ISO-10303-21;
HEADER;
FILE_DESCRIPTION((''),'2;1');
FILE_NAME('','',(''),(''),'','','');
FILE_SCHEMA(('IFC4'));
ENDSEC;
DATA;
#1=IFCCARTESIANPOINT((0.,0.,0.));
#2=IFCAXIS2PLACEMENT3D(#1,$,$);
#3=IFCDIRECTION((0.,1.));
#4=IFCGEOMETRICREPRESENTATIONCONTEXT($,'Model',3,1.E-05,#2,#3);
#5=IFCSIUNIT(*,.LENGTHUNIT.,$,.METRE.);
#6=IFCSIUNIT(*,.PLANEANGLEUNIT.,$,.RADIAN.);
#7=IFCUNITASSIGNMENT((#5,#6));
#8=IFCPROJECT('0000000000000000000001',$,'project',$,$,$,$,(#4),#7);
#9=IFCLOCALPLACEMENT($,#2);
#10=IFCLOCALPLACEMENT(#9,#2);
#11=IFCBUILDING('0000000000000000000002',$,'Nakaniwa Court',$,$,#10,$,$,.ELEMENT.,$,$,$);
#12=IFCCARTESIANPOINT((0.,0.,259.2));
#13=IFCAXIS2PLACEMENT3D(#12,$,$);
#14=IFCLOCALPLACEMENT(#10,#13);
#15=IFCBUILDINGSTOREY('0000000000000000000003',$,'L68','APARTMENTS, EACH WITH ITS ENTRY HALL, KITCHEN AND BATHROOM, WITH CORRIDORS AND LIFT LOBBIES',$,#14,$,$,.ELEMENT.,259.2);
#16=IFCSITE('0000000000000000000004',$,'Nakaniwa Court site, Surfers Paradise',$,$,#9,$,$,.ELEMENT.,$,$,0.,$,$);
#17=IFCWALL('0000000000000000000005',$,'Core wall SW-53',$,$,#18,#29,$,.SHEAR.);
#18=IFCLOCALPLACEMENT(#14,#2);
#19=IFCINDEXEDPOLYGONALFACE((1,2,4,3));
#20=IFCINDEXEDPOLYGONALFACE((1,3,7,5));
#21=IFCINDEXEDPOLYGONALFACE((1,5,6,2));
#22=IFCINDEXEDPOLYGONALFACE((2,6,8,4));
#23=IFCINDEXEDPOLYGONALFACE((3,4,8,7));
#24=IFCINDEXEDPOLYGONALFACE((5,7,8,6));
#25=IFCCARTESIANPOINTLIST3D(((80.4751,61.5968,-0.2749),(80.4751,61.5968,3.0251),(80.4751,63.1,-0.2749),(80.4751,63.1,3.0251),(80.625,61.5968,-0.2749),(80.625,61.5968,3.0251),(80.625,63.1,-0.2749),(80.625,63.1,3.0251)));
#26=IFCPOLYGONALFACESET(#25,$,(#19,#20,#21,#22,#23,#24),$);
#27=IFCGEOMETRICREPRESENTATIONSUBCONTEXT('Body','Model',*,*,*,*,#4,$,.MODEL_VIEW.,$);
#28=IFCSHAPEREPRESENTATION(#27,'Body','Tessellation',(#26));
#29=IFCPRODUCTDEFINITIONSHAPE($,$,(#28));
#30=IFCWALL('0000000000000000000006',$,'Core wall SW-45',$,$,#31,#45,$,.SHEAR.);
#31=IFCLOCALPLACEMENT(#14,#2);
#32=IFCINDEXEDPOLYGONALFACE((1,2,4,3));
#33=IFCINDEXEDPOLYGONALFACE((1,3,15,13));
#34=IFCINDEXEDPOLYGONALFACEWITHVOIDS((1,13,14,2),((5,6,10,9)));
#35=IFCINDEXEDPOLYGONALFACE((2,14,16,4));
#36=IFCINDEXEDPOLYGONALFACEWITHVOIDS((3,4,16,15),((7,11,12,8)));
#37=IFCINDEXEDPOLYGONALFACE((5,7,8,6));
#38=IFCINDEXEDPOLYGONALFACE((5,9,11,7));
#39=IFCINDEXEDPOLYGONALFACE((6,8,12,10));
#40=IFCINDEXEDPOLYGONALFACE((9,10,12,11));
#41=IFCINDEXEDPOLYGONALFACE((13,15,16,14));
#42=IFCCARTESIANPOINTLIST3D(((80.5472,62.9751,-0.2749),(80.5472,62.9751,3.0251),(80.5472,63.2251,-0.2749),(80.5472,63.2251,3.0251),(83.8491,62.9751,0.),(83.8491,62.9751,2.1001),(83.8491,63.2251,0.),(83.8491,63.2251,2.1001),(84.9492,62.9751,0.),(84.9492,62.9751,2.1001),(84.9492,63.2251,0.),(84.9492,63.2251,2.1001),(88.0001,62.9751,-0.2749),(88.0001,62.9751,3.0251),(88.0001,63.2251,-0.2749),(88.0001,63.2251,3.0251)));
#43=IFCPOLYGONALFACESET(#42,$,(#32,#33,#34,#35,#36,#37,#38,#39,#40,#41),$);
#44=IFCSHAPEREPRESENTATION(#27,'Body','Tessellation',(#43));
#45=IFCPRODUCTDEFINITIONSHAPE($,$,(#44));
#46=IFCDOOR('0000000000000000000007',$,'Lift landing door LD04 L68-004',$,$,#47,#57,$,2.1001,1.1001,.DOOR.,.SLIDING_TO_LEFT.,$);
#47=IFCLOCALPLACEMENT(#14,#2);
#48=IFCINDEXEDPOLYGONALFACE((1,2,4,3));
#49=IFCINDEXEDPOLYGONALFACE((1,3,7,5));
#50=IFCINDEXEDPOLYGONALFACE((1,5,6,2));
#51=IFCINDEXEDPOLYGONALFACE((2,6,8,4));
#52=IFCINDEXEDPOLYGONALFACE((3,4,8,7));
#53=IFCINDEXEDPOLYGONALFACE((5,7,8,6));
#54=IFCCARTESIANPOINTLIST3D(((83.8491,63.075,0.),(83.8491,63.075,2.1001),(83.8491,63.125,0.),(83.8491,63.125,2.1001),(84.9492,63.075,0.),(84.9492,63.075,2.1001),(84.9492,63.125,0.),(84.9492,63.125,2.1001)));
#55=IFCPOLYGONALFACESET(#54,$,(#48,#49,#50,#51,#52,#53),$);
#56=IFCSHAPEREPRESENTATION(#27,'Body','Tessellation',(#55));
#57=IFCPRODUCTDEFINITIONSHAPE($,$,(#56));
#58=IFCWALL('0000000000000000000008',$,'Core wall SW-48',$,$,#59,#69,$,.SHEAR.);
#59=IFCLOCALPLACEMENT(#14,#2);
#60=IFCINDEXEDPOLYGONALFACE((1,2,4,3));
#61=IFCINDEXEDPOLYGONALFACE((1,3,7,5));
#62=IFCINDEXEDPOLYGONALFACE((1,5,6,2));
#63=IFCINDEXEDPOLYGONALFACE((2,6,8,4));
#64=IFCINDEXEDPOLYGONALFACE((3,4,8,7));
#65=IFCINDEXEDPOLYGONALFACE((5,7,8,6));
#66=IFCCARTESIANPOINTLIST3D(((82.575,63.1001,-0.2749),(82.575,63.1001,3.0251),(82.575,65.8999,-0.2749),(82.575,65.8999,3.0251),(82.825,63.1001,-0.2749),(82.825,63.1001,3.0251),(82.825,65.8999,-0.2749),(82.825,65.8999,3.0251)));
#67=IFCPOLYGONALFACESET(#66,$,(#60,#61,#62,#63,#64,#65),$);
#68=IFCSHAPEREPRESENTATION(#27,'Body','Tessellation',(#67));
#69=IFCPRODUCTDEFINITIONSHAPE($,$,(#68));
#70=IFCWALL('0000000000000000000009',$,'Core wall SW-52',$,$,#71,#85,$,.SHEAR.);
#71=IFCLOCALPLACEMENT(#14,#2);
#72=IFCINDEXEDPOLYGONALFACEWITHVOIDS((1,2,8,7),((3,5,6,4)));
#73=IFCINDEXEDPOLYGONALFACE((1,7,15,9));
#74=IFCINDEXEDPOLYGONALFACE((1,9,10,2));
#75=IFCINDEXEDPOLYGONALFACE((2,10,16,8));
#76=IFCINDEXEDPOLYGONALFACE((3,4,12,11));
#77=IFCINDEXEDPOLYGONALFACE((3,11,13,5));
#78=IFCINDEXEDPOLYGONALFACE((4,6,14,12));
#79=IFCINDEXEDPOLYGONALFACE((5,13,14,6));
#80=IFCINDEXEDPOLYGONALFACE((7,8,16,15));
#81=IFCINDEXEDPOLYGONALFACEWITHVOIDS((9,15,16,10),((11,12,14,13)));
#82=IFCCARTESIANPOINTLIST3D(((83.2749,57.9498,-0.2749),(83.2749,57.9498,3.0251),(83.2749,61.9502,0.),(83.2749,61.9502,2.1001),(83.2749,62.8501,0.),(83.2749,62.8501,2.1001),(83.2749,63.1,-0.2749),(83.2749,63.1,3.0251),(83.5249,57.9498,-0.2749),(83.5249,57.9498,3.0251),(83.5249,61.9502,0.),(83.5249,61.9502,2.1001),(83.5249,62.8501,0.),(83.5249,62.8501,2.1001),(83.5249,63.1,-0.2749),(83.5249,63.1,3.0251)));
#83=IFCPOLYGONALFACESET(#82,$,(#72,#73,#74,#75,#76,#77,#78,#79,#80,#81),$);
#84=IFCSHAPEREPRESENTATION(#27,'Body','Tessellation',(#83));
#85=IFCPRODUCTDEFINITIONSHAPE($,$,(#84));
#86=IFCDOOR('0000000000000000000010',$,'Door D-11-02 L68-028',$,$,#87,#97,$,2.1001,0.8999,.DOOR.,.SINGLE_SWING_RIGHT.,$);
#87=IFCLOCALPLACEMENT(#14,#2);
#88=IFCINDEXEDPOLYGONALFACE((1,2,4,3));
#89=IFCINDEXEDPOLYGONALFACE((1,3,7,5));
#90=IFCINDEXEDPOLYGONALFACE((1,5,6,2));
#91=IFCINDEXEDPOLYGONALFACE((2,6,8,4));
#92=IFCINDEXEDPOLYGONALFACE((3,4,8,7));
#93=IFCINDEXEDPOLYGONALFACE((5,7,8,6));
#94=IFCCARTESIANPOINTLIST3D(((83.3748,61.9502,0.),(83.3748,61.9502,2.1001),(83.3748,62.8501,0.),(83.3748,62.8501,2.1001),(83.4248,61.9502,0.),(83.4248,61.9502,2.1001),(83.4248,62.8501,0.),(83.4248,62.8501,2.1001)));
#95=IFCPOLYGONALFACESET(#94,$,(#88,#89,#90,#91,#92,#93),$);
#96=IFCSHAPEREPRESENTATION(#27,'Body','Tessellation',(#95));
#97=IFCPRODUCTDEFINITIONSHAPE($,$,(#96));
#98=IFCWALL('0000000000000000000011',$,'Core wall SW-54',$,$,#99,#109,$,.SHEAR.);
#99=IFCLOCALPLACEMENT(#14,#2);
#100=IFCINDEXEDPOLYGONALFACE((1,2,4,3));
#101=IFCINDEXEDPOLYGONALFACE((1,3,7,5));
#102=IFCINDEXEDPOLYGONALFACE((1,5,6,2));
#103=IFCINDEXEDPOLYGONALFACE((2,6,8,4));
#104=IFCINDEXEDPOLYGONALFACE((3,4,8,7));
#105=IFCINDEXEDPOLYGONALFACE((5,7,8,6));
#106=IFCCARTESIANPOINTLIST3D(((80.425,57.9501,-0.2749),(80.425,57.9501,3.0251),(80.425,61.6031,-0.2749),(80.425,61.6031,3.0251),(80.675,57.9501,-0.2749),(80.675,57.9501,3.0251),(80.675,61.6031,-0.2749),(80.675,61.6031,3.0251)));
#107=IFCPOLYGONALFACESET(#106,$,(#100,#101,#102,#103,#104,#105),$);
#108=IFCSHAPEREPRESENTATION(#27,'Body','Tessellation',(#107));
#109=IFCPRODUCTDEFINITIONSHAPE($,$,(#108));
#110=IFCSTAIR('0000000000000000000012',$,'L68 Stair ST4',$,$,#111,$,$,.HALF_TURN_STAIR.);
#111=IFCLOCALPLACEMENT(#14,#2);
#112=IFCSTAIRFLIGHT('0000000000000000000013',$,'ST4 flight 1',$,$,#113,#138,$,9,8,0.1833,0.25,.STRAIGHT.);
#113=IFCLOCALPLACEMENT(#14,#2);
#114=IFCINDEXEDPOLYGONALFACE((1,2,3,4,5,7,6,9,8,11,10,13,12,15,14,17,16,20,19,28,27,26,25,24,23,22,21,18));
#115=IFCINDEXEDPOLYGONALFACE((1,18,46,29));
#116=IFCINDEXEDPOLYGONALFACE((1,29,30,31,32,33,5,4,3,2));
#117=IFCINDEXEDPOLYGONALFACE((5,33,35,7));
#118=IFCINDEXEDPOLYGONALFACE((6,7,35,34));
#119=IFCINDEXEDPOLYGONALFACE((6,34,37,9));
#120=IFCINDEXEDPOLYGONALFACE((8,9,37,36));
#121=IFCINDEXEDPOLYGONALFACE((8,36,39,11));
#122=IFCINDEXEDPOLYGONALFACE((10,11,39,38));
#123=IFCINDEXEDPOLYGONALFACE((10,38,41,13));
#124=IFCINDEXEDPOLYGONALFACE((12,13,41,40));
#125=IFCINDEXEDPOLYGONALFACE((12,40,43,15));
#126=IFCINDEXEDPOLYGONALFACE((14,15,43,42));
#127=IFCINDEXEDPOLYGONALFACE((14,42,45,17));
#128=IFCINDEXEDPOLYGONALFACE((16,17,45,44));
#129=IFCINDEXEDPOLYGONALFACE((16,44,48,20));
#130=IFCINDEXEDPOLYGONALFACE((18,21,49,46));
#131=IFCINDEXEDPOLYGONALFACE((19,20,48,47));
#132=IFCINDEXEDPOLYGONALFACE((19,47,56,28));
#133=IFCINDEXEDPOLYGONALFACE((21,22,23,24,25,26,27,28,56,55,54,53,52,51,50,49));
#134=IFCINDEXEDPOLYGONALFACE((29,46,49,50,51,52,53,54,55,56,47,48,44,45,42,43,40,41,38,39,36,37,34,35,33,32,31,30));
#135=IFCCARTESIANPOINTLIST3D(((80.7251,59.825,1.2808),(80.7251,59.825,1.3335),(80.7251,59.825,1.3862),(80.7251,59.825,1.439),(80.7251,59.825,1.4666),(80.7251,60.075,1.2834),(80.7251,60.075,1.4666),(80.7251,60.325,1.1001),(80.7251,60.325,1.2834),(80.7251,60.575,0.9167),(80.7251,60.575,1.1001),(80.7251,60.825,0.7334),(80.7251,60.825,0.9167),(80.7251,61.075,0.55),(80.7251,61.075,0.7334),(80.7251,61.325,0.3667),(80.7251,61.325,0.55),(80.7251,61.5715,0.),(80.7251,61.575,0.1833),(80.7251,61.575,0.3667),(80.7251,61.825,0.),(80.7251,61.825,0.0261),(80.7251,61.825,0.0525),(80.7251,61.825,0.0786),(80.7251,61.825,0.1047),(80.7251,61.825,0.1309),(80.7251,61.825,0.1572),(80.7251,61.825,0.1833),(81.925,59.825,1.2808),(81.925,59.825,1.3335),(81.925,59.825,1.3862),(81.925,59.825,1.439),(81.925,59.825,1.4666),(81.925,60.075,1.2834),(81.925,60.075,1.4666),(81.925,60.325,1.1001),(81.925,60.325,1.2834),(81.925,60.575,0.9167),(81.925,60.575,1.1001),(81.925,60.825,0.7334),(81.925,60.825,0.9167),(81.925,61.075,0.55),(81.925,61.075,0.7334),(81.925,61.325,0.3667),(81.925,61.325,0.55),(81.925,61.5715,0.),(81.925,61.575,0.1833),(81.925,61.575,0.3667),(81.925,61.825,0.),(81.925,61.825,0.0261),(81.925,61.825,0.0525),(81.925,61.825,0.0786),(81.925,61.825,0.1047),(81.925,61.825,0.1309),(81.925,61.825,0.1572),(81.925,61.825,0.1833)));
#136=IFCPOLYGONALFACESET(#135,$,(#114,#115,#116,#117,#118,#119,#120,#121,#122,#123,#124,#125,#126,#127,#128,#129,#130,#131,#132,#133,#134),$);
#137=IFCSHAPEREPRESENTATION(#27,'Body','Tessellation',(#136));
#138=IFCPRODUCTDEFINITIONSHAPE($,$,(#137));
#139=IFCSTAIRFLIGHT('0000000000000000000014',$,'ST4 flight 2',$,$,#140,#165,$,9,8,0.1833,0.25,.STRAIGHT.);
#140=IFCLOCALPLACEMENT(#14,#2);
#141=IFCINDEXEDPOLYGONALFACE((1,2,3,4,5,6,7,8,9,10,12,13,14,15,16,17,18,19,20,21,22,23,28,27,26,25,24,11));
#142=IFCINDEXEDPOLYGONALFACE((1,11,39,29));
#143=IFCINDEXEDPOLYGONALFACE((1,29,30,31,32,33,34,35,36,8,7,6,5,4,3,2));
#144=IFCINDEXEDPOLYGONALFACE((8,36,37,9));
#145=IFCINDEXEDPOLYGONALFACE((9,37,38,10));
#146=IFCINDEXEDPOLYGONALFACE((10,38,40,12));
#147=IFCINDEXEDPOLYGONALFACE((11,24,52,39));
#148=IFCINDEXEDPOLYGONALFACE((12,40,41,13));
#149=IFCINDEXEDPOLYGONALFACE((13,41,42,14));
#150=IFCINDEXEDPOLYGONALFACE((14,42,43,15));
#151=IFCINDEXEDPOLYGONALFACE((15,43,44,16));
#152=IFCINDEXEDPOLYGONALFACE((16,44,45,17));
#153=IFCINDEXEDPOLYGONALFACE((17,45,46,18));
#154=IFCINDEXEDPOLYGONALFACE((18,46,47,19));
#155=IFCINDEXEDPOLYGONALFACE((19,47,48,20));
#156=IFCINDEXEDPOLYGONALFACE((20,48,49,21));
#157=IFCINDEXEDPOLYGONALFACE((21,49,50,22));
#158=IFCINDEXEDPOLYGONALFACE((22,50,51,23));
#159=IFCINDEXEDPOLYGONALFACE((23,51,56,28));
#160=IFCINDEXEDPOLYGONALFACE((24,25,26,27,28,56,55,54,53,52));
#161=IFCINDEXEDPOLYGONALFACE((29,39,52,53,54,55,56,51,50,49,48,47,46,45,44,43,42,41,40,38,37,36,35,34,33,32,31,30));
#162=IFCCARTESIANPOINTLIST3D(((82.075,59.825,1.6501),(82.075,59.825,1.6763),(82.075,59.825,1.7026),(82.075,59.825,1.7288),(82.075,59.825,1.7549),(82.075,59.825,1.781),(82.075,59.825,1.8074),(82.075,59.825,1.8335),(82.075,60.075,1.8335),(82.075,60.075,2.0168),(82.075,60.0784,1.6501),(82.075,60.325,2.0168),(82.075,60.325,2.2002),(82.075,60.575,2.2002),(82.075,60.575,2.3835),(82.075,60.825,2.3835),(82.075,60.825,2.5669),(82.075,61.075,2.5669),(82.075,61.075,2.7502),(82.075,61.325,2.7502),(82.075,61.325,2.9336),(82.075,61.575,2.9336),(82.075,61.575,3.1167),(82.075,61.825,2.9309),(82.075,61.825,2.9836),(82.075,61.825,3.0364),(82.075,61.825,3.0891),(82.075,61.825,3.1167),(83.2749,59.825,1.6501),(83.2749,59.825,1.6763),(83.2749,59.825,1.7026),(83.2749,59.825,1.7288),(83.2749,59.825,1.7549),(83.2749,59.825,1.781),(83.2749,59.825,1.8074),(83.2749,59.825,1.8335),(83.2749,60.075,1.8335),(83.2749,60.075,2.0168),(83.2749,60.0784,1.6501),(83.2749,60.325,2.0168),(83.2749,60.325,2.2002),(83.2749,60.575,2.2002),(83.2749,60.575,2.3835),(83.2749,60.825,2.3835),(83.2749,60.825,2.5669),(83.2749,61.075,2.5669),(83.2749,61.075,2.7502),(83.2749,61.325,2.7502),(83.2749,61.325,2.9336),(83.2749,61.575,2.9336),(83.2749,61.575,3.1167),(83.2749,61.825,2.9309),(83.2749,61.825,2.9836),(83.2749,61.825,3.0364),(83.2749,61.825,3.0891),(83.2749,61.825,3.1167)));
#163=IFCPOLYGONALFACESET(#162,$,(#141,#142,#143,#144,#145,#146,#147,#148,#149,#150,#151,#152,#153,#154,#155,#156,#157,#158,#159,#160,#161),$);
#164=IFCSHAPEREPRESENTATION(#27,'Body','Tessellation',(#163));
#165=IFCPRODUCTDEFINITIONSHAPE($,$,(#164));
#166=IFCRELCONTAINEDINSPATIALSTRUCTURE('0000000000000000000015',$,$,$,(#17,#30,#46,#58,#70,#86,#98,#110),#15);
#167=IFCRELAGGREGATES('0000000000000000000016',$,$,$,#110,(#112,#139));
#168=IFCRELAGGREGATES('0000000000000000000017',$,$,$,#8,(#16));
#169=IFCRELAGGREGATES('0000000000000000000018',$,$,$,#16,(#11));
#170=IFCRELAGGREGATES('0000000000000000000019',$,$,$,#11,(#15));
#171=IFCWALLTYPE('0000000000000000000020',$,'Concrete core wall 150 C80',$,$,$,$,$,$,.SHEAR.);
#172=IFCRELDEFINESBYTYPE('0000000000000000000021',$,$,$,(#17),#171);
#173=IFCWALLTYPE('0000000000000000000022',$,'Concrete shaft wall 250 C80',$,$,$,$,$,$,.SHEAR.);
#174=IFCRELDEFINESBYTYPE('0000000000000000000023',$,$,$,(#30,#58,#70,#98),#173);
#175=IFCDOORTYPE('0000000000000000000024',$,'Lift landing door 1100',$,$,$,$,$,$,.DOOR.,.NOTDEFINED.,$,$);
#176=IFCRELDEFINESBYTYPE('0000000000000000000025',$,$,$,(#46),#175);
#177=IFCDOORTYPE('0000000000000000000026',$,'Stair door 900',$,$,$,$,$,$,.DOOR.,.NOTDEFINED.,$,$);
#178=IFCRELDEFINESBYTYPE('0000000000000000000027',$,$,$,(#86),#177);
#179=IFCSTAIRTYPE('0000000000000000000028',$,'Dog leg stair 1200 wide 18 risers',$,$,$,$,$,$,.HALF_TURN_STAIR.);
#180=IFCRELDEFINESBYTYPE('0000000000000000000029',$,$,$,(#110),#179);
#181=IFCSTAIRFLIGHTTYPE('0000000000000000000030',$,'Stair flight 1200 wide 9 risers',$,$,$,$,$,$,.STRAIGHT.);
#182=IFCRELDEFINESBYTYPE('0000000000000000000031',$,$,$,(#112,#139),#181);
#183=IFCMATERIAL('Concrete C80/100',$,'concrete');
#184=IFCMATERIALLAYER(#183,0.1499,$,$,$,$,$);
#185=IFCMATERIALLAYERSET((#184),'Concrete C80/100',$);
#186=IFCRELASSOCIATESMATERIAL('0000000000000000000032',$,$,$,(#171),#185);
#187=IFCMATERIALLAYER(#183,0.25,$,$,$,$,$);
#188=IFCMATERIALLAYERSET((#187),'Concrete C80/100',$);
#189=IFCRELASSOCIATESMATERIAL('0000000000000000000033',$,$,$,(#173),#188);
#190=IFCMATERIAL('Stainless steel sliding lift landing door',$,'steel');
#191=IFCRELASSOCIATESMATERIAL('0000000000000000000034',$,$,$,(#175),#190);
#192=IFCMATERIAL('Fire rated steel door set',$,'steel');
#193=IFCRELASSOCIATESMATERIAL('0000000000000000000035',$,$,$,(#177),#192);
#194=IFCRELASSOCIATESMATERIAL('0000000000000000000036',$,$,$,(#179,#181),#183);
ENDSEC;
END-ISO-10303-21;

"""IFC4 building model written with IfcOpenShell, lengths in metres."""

from ifc_helpers import new_model, si_unit, direction, frame, frame_2d, origin, place, context, subcontext, project, spatial, polyline, rectangle, outline, extrude, material, layer, layer_set, type_object, element, fill, aggregate, save


model = new_model("IFC4")

# Units and contexts
model_context = context("Model", 3, precision=1e-05, world=origin(), true_north=direction((0.0, 1.0)))
body_context = subcontext(model_context, "Body", "Model", "MODEL_VIEW")
ifc_project = project(units=[si_unit("LENGTHUNIT", "METRE"), si_unit("PLANEANGLEUNIT", "RADIAN")], contexts=[model_context])

# Site, building, storey
site_placement = place(None, origin())
site = spatial("IfcSite", under=ifc_project, at=site_placement, Name="Nakaniwa Court site, Surfers Paradise", CompositionType="ELEMENT", RefElevation=0.0)
building_placement = place(site_placement, origin())
building = spatial("IfcBuilding", under=site, at=building_placement, Name="Nakaniwa Court", CompositionType="ELEMENT")
storey_placement = place(building_placement, frame((0.0, 0.0, 259.2)))
storey = spatial("IfcBuildingStorey", under=building, at=storey_placement, Name="L68", Description="APARTMENTS, EACH WITH ITS ENTRY HALL, KITCHEN AND BATHROOM, WITH CORRIDORS AND LIFT LOBBIES", CompositionType="ELEMENT", Elevation=259.2)

# Shared definitions
ifc_material_1 = material(Name="Concrete C80/100", Category="concrete")

# Shared definitions
ifc_material_2 = material(Name="Fire rated steel door set", Category="steel")

# Wall
ifc_layer_1 = layer(ifc_material_1, 0.1499)
ifc_layer_set_1 = layer_set([ifc_layer_1], Name="Concrete C80/100")
wall_type_1 = type_object("IfcWallType", Name="Concrete core wall 150 C80", PredefinedType="SHEAR", material=ifc_layer_set_1)
wall_1_placement = place(storey_placement, frame((80.55, 61.5969, -0.2749), z_axis=(0.0, 0.0, 1.0), x_axis=(0.0, 1.0, 0.0)))
element("IfcWall", 1, at=wall_1_placement, inside=storey, type_object=wall_type_1, Name="Core wall SW-53", PredefinedType="SHEAR", context=body_context, shape_type="SweptSolid", body=[
    extrude(rectangle(XDim=1.5032, YDim=0.1499, at=frame_2d((0.7515, 0.0))), origin(), (0.0, 0.0, 1.0), 3.3),
])

# Wall, opening, door
ifc_layer_2 = layer(ifc_material_1, 0.25)
ifc_layer_set_2 = layer_set([ifc_layer_2], Name="Concrete C80/100")
wall_type_2 = type_object("IfcWallType", Name="Concrete shaft wall 250 C80", PredefinedType="SHEAR", material=ifc_layer_set_2)
wall_2_placement = place(storey_placement, frame((80.5471, 63.1001, -0.2749), z_axis=(0.0, 0.0, 1.0), x_axis=(1.0, 0.0, 0.0)))
wall_2 = element("IfcWall", 2, at=wall_2_placement, inside=storey, type_object=wall_type_2, Name="Core wall SW-45", PredefinedType="SHEAR", context=body_context, shape_type="SweptSolid", body=[
    extrude(rectangle(XDim=7.4529, YDim=0.25, at=frame_2d((3.7266, 0.0))), origin(), (0.0, 0.0, 1.0), 3.3),
])
opening_1_placement = place(wall_2_placement, frame((3.302, 0.0, 0.2749)))
opening_1 = element("IfcOpeningElement", 3, at=opening_1_placement, cuts=wall_2, PredefinedType="OPENING", context=body_context, shape_type="SweptSolid", body=[
    extrude(rectangle(XDim=1.1001, YDim=2.1001, at=frame_2d((0.55, 1.05))), frame((0.0, 0.135, 0.0), z_axis=(0.0, -1.0, 0.0), x_axis=(1.0, 0.0, 0.0)), (0.0, 0.0, 1.0), 0.27),
])
ifc_material_3 = material(Name="Stainless steel sliding lift landing door", Category="steel")
door_type_1 = type_object("IfcDoorType", Name="Lift landing door 1100", OperationType="NOTDEFINED", PredefinedType="DOOR", material=ifc_material_3)
door_1_placement = place(opening_1_placement, origin())
door_1 = element("IfcDoor", 4, at=door_1_placement, inside=storey, type_object=door_type_1, Name="Lift landing door LD04 L68-004", OperationType="SLIDING_TO_LEFT", OverallHeight=2.1001, OverallWidth=1.1001, PredefinedType="DOOR", context=body_context, shape_type="SweptSolid", body=[
    extrude(rectangle(XDim=1.1001, YDim=2.1001, at=frame_2d((0.55, 1.05))), frame((0.0, 0.0249, 0.0), z_axis=(0.0, -1.0, 0.0), x_axis=(1.0, 0.0, 0.0)), (0.0, 0.0, 1.0), 0.05),
])
fill(opening_1, door_1)

# Wall
wall_3_placement = place(storey_placement, frame((82.7, 63.1001, -0.2749), z_axis=(0.0, 0.0, 1.0), x_axis=(0.0, 1.0, 0.0)))
element("IfcWall", 5, at=wall_3_placement, inside=storey, type_object=wall_type_2, Name="Core wall SW-48", PredefinedType="SHEAR", context=body_context, shape_type="SweptSolid", body=[
    extrude(rectangle(XDim=2.7998, YDim=0.25, at=frame_2d((1.3999, 0.0))), origin(), (0.0, 0.0, 1.0), 3.3),
])

# Wall, opening, door
wall_4_placement = place(storey_placement, frame((83.3999, 63.1001, -0.2749), z_axis=(0.0, 0.0, 1.0), x_axis=(0.0, -1.0, 0.0)))
wall_4 = element("IfcWall", 6, at=wall_4_placement, inside=storey, type_object=wall_type_2, Name="Core wall SW-52", PredefinedType="SHEAR", context=body_context, shape_type="SweptSolid", body=[
    extrude(rectangle(XDim=5.1501, YDim=0.25, at=frame_2d((2.5752, 0.0))), origin(), (0.0, 0.0, 1.0), 3.3),
])
opening_2_placement = place(wall_4_placement, frame((0.25, 0.0, 0.2749)))
opening_2 = element("IfcOpeningElement", 7, at=opening_2_placement, cuts=wall_4, PredefinedType="OPENING", context=body_context, shape_type="SweptSolid", body=[
    extrude(rectangle(XDim=0.8999, YDim=2.1001, at=frame_2d((0.45, 1.05))), frame((0.0, 0.135, 0.0), z_axis=(0.0, -1.0, 0.0), x_axis=(1.0, 0.0, 0.0)), (0.0, 0.0, 1.0), 0.27),
])
door_type_2 = type_object("IfcDoorType", Name="Stair door 900", OperationType="NOTDEFINED", PredefinedType="DOOR", material=ifc_material_2)
door_2_placement = place(opening_2_placement, origin())
door_2 = element("IfcDoor", 8, at=door_2_placement, inside=storey, type_object=door_type_2, Name="Door D-11-02 L68-028", OperationType="SINGLE_SWING_RIGHT", OverallHeight=2.1001, OverallWidth=0.8999, PredefinedType="DOOR", context=body_context, shape_type="SweptSolid", body=[
    extrude(rectangle(XDim=0.8999, YDim=2.1001, at=frame_2d((0.45, 1.05))), frame((0.0, 0.0249, 0.0), z_axis=(0.0, -1.0, 0.0), x_axis=(1.0, 0.0, 0.0)), (0.0, 0.0, 1.0), 0.05),
])
fill(opening_2, door_2)

# Wall
wall_5_placement = place(storey_placement, frame((80.55, 57.95, -0.2749), z_axis=(0.0, 0.0, 1.0), x_axis=(0.0, 1.0, 0.0)))
element("IfcWall", 9, at=wall_5_placement, inside=storey, type_object=wall_type_2, Name="Core wall SW-54", PredefinedType="SHEAR", context=body_context, shape_type="SweptSolid", body=[
    extrude(rectangle(XDim=3.6531, YDim=0.25, at=frame_2d((1.8267, 0.0))), origin(), (0.0, 0.0, 1.0), 3.3),
])

# Stair, stair flights
stair_type = type_object("IfcStairType", Name="Dog leg stair 1200 wide 18 risers", PredefinedType="HALF_TURN_STAIR", material=ifc_material_1)
stair_placement = place(storey_placement, origin())
stair = element("IfcStair", 10, at=stair_placement, inside=storey, type_object=stair_type, Name="L68 Stair ST4", PredefinedType="HALF_TURN_STAIR")
stair_flight_type = type_object("IfcStairFlightType", Name="Stair flight 1200 wide 9 risers", PredefinedType="STRAIGHT", material=ifc_material_1)
stair_flight_1_placement = place(storey_placement, frame((81.325, 61.825, 0.0), z_axis=(0.0, 0.0, 1.0), x_axis=(0.0, -1.0, 0.0)))
stair_flight_1 = element("IfcStairFlight", 11, at=stair_flight_1_placement, type_object=stair_flight_type, Name="ST4 flight 1", NumberOfRisers=9, NumberOfTreads=8, PredefinedType="STRAIGHT", RiserHeight=0.1833, TreadLength=0.25, context=body_context, shape_type="SweptSolid", body=[
    extrude(outline(polyline([(0.0, 0.0), (0.0, 0.0261), (0.0, 0.0525), (0.0, 0.0786), (0.0, 0.1047), (0.0, 0.1309), (0.0, 0.1572), (0.0, 0.1833), (0.25, 0.1833), (0.25, 0.3667), (0.5, 0.3667), (0.5, 0.55), (0.75, 0.55), (0.75, 0.7334), (1.0, 0.7334), (1.0, 0.9167), (1.25, 0.9167), (1.25, 1.1001), (1.5, 1.1001), (1.5, 1.2834), (1.75, 1.2834), (1.75, 1.4666), (2.0, 1.4666), (2.0, 1.6499), (2.0, 1.5972), (2.0, 1.5444), (2.0, 1.4917), (2.0, 1.439), (2.0, 1.3862), (2.0, 1.3335), (2.0, 1.2808), (0.2534, 0.0), (0.0, 0.0)])), frame((0.0, 0.6001, 0.0), z_axis=(0.0, -1.0, 0.0), x_axis=(1.0, 0.0, 0.0)), (0.0, 0.0, 1.0), 1.2),
])
stair_flight_2_placement = place(storey_placement, frame((82.675, 59.825, 1.6501), z_axis=(0.0, 0.0, 1.0), x_axis=(0.0, 1.0, 0.0)))
stair_flight_2 = element("IfcStairFlight", 12, at=stair_flight_2_placement, type_object=stair_flight_type, Name="ST4 flight 2", NumberOfRisers=9, NumberOfTreads=8, PredefinedType="STRAIGHT", RiserHeight=0.1833, TreadLength=0.25, context=body_context, shape_type="SweptSolid", body=[
    extrude(outline(polyline([(0.0, 0.0), (0.0, 0.0261), (0.0, 0.0525), (0.0, 0.0786), (0.0, 0.1047), (0.0, 0.1309), (0.0, 0.1572), (0.0, 0.1833), (0.25, 0.1833), (0.25, 0.3667), (0.5, 0.3667), (0.5, 0.55), (0.75, 0.55), (0.75, 0.7334), (1.0, 0.7334), (1.0, 0.9167), (1.25, 0.9167), (1.25, 1.1001), (1.5, 1.1001), (1.5, 1.2834), (1.75, 1.2834), (1.75, 1.4666), (2.0, 1.4666), (2.0, 1.6499), (2.0, 1.5972), (2.0, 1.5444), (2.0, 1.4917), (2.0, 1.439), (2.0, 1.3862), (2.0, 1.3335), (2.0, 1.2808), (0.2534, 0.0), (0.0, 0.0)])), frame((0.0, 0.6001, 0.0), z_axis=(0.0, -1.0, 0.0), x_axis=(1.0, 0.0, 0.0)), (0.0, 0.0, 1.0), 1.2),
])
aggregate(stair, [stair_flight_1, stair_flight_2])

save(model, "model.ifc")
